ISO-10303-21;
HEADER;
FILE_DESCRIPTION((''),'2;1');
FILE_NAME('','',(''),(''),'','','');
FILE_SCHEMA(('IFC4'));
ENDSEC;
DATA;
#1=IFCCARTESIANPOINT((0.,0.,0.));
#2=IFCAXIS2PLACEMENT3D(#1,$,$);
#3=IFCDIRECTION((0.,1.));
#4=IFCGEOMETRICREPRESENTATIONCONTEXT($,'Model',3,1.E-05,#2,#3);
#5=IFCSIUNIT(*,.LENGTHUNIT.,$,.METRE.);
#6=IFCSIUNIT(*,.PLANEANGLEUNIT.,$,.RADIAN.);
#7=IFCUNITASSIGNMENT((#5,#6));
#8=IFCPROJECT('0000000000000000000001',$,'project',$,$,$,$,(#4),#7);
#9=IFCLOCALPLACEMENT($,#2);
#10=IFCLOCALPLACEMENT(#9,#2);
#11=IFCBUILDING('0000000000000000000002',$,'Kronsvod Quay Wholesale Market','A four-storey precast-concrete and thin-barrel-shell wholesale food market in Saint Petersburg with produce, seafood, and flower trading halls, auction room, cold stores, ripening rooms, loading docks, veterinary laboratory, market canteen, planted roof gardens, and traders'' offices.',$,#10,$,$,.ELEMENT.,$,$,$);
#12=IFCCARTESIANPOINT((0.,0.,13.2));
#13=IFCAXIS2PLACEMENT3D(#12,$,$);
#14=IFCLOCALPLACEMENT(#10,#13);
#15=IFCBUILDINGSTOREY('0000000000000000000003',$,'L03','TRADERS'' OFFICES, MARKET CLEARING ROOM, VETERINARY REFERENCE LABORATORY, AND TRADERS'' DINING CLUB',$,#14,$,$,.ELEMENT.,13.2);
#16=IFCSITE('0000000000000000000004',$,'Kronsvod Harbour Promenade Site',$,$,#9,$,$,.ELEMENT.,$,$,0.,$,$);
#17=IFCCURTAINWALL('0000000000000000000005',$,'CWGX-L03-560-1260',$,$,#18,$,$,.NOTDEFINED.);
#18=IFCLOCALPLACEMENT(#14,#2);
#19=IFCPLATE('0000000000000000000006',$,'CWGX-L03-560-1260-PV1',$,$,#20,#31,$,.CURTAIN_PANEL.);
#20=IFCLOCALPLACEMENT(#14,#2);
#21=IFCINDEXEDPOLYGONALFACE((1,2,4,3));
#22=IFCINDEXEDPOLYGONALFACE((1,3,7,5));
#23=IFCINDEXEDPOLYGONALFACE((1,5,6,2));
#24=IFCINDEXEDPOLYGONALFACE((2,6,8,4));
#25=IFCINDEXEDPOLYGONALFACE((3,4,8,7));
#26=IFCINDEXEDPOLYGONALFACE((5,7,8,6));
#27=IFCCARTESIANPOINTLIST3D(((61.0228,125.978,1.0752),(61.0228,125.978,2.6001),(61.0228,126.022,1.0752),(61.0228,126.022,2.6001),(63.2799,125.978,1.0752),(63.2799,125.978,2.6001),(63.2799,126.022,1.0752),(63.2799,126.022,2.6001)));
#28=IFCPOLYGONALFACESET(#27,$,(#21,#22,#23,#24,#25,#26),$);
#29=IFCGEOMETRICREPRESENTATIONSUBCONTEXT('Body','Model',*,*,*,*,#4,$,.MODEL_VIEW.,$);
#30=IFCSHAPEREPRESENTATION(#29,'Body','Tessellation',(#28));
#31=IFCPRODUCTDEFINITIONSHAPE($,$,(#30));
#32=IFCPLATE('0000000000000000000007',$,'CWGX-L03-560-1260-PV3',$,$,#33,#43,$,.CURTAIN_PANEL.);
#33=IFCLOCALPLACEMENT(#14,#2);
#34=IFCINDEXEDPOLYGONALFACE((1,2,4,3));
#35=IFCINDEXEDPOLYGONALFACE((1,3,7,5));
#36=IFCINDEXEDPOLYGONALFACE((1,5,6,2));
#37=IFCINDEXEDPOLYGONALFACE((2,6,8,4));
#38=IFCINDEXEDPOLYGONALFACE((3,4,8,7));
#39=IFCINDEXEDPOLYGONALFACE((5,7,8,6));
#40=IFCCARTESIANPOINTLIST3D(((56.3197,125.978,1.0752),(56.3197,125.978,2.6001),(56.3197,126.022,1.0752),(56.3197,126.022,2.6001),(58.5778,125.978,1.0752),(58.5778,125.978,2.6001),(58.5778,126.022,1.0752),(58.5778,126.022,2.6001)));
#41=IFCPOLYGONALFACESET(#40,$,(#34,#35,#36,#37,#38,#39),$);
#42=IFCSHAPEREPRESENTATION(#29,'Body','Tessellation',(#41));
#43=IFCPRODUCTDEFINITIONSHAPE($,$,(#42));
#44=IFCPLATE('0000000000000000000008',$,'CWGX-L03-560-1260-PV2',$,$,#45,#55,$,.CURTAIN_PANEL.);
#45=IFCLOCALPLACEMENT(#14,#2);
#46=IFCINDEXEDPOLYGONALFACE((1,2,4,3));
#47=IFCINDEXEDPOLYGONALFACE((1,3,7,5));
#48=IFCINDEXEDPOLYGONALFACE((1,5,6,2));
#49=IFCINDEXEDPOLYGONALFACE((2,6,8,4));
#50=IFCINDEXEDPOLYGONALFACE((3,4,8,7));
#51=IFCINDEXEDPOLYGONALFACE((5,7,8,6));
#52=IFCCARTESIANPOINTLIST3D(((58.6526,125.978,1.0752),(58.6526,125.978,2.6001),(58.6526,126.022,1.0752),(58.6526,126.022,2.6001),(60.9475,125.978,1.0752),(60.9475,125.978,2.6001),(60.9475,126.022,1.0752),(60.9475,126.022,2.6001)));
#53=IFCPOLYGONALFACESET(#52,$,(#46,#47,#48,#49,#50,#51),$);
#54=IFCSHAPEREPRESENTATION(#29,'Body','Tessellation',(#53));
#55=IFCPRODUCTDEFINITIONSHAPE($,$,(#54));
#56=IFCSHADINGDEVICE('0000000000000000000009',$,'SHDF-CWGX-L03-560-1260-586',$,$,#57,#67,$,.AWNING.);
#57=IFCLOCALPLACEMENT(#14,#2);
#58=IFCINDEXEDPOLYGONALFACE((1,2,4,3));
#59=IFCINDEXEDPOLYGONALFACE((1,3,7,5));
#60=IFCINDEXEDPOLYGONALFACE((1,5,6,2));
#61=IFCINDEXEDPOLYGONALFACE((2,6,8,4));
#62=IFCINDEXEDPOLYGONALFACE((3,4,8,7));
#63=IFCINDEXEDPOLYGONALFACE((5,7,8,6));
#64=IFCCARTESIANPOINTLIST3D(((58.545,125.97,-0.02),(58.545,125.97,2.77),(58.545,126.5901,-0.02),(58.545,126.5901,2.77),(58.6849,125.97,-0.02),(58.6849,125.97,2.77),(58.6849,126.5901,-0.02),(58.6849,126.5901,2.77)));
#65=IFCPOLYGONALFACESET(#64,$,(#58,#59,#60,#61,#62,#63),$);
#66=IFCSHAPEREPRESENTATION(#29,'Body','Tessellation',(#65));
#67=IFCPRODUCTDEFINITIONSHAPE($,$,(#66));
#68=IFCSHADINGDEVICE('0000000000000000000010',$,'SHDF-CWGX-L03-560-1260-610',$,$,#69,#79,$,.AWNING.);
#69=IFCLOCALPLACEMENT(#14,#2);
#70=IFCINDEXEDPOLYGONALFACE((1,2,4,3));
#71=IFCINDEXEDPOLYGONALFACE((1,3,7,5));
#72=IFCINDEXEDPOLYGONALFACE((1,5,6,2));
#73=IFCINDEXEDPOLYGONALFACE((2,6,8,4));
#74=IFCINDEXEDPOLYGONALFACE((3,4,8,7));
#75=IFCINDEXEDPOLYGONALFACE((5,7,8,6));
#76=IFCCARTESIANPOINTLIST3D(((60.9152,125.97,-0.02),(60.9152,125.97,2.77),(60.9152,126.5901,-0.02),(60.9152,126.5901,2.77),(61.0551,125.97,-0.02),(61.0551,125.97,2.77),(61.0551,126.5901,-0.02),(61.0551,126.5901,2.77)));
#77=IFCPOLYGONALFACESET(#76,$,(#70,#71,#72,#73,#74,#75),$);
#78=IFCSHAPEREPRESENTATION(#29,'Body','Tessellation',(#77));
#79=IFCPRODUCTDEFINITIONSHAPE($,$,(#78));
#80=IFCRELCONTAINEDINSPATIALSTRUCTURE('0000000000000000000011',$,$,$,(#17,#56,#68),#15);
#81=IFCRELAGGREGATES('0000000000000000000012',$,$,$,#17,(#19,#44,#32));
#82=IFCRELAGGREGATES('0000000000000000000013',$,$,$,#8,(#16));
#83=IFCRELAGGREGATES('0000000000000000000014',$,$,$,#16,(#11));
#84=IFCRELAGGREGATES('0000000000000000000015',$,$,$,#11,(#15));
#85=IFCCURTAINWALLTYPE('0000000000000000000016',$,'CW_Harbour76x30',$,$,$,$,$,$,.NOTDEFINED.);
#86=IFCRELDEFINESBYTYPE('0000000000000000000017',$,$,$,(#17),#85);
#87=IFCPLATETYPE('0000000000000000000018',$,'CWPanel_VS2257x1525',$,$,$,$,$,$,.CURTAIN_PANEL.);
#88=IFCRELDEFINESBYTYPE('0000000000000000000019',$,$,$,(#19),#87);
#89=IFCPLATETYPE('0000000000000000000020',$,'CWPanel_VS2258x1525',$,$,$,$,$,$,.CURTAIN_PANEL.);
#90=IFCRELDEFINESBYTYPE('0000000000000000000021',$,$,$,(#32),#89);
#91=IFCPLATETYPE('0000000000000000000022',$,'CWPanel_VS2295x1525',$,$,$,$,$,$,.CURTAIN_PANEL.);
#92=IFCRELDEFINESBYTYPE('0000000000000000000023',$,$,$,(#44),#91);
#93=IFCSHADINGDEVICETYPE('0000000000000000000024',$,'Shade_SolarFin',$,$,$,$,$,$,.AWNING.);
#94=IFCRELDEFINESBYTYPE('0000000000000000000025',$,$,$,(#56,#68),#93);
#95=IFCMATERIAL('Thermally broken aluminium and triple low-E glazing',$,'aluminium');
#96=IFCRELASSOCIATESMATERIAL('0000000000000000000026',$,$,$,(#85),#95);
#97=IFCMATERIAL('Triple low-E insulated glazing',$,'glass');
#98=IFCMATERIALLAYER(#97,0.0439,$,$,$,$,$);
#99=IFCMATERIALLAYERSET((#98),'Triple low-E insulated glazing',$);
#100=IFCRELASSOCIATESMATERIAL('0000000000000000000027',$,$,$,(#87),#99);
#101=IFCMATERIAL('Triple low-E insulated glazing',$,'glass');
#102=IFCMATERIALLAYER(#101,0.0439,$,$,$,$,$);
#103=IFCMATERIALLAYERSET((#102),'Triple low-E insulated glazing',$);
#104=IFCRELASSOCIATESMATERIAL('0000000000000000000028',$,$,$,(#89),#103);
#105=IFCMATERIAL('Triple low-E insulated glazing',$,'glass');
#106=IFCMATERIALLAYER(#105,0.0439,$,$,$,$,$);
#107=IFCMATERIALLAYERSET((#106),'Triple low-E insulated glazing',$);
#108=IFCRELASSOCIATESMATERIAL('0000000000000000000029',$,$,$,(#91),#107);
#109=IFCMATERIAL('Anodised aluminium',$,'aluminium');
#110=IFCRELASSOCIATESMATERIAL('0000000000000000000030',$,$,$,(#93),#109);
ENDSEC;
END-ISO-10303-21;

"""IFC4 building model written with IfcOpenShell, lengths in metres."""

from ifc_helpers import new_model, si_unit, direction, frame, origin, origin_2d, place, context, subcontext, project, spatial, rectangle, extrude, material, layer, layer_set, type_object, element, aggregate, save


model = new_model("IFC4")

# Units and contexts
model_context = context("Model", 3, precision=1e-05, world=origin(), true_north=direction((0.0, 1.0)))
body_context = subcontext(model_context, "Body", "Model", "MODEL_VIEW")
ifc_project = project(units=[si_unit("LENGTHUNIT", "METRE"), si_unit("PLANEANGLEUNIT", "RADIAN")], contexts=[model_context])

# Site, building, storey
site_placement = place(None, origin())
site = spatial("IfcSite", under=ifc_project, at=site_placement, Name="Kronsvod Harbour Promenade Site", CompositionType="ELEMENT", RefElevation=0.0)
building_placement = place(site_placement, origin())
building = spatial("IfcBuilding", under=site, at=building_placement, Name="Kronsvod Quay Wholesale Market", Description="A four-storey precast-concrete and thin-barrel-shell wholesale food market in Saint Petersburg with produce, seafood, and flower trading halls, auction room, cold stores, ripening rooms, loading docks, veterinary laboratory, market canteen, planted roof gardens, and traders' offices.", CompositionType="ELEMENT")
storey_placement = place(building_placement, frame((0.0, 0.0, 13.2)))
storey = spatial("IfcBuildingStorey", under=building, at=storey_placement, Name="L03", Description="TRADERS' OFFICES, MARKET CLEARING ROOM, VETERINARY REFERENCE LABORATORY, AND TRADERS' DINING CLUB", CompositionType="ELEMENT", Elevation=13.2)

# Curtain wall, plates
ifc_material_1 = material(Name="Thermally broken aluminium and triple low-E glazing", Category="aluminium")
curtain_wall_type = type_object("IfcCurtainWallType", Name="CW_Harbour76x30", PredefinedType="NOTDEFINED", material=ifc_material_1)
curtain_wall_placement = place(storey_placement, origin())
curtain_wall = element("IfcCurtainWall", 1, at=curtain_wall_placement, inside=storey, type_object=curtain_wall_type, Name="CWGX-L03-560-1260", PredefinedType="NOTDEFINED")
ifc_material_2 = material(Name="Triple low-E insulated glazing", Category="glass")
ifc_layer_1 = layer(ifc_material_2, 0.0439)
ifc_layer_set_1 = layer_set([ifc_layer_1], Name="Triple low-E insulated glazing")
plate_type_1 = type_object("IfcPlateType", Name="CWPanel_VS2257x1525", PredefinedType="CURTAIN_PANEL", material=ifc_layer_set_1)
plate_1_placement = place(storey_placement, frame((62.1514, 126.0, 1.0752), z_axis=(0.0, 0.0, 1.0), x_axis=(-1.0, 0.0, 0.0)))
plate_1 = element("IfcPlate", 2, at=plate_1_placement, type_object=plate_type_1, Name="CWGX-L03-560-1260-PV1", PredefinedType="CURTAIN_PANEL", context=body_context, shape_type="SweptSolid", body=[
    extrude(rectangle(XDim=2.2571, YDim=0.0439, at=origin_2d()), origin(), (0.0, 0.0, 1.0), 1.5249),
])
ifc_material_3 = material(Name="Triple low-E insulated glazing", Category="glass")
ifc_layer_2 = layer(ifc_material_3, 0.0439)
ifc_layer_set_2 = layer_set([ifc_layer_2], Name="Triple low-E insulated glazing")
plate_type_2 = type_object("IfcPlateType", Name="CWPanel_VS2258x1525", PredefinedType="CURTAIN_PANEL", material=ifc_layer_set_2)
plate_2_placement = place(storey_placement, frame((57.4487, 126.0, 1.0752), z_axis=(0.0, 0.0, 1.0), x_axis=(-1.0, 0.0, 0.0)))
plate_2 = element("IfcPlate", 3, at=plate_2_placement, type_object=plate_type_2, Name="CWGX-L03-560-1260-PV3", PredefinedType="CURTAIN_PANEL", context=body_context, shape_type="SweptSolid", body=[
    extrude(rectangle(XDim=2.2581, YDim=0.0439, at=origin_2d()), origin(), (0.0, 0.0, 1.0), 1.5249),
])
ifc_material_4 = material(Name="Triple low-E insulated glazing", Category="glass")
ifc_layer_3 = layer(ifc_material_4, 0.0439)
ifc_layer_set_3 = layer_set([ifc_layer_3], Name="Triple low-E insulated glazing")
plate_type_3 = type_object("IfcPlateType", Name="CWPanel_VS2295x1525", PredefinedType="CURTAIN_PANEL", material=ifc_layer_set_3)
plate_3_placement = place(storey_placement, frame((59.8, 126.0, 1.0752), z_axis=(0.0, 0.0, 1.0), x_axis=(-1.0, 0.0, 0.0)))
plate_3 = element("IfcPlate", 4, at=plate_3_placement, type_object=plate_type_3, Name="CWGX-L03-560-1260-PV2", PredefinedType="CURTAIN_PANEL", context=body_context, shape_type="SweptSolid", body=[
    extrude(rectangle(XDim=2.2949, YDim=0.0439, at=origin_2d()), origin(), (0.0, 0.0, 1.0), 1.5249),
])
aggregate(curtain_wall, [plate_1, plate_3, plate_2])

# Shading devices
ifc_material_5 = material(Name="Anodised aluminium", Category="aluminium")
shading_device_type = type_object("IfcShadingDeviceType", Name="Shade_SolarFin", PredefinedType="AWNING", material=ifc_material_5)
for number, where, z_axis, x_axis, name in (
    (5, (58.615, 126.28, -0.02), (0.0, 0.0, 1.0), (1.0, 0.0, 0.0), "SHDF-CWGX-L03-560-1260-586"),
    (6, (60.9851, 126.28, -0.02), (0.0, 0.0, 1.0), (1.0, 0.0, 0.0), "SHDF-CWGX-L03-560-1260-610"),
):
    element("IfcShadingDevice", number, at=place(storey_placement, frame(where, z_axis=z_axis, x_axis=x_axis)), inside=storey, type_object=shading_device_type, Name=name, PredefinedType="AWNING", context=body_context, shape_type="SweptSolid", body=[
        extrude(rectangle(XDim=0.1399, YDim=0.6201, at=origin_2d()), origin(), (0.0, 0.0, 1.0), 2.79),
    ])

save(model, "model.ifc")
